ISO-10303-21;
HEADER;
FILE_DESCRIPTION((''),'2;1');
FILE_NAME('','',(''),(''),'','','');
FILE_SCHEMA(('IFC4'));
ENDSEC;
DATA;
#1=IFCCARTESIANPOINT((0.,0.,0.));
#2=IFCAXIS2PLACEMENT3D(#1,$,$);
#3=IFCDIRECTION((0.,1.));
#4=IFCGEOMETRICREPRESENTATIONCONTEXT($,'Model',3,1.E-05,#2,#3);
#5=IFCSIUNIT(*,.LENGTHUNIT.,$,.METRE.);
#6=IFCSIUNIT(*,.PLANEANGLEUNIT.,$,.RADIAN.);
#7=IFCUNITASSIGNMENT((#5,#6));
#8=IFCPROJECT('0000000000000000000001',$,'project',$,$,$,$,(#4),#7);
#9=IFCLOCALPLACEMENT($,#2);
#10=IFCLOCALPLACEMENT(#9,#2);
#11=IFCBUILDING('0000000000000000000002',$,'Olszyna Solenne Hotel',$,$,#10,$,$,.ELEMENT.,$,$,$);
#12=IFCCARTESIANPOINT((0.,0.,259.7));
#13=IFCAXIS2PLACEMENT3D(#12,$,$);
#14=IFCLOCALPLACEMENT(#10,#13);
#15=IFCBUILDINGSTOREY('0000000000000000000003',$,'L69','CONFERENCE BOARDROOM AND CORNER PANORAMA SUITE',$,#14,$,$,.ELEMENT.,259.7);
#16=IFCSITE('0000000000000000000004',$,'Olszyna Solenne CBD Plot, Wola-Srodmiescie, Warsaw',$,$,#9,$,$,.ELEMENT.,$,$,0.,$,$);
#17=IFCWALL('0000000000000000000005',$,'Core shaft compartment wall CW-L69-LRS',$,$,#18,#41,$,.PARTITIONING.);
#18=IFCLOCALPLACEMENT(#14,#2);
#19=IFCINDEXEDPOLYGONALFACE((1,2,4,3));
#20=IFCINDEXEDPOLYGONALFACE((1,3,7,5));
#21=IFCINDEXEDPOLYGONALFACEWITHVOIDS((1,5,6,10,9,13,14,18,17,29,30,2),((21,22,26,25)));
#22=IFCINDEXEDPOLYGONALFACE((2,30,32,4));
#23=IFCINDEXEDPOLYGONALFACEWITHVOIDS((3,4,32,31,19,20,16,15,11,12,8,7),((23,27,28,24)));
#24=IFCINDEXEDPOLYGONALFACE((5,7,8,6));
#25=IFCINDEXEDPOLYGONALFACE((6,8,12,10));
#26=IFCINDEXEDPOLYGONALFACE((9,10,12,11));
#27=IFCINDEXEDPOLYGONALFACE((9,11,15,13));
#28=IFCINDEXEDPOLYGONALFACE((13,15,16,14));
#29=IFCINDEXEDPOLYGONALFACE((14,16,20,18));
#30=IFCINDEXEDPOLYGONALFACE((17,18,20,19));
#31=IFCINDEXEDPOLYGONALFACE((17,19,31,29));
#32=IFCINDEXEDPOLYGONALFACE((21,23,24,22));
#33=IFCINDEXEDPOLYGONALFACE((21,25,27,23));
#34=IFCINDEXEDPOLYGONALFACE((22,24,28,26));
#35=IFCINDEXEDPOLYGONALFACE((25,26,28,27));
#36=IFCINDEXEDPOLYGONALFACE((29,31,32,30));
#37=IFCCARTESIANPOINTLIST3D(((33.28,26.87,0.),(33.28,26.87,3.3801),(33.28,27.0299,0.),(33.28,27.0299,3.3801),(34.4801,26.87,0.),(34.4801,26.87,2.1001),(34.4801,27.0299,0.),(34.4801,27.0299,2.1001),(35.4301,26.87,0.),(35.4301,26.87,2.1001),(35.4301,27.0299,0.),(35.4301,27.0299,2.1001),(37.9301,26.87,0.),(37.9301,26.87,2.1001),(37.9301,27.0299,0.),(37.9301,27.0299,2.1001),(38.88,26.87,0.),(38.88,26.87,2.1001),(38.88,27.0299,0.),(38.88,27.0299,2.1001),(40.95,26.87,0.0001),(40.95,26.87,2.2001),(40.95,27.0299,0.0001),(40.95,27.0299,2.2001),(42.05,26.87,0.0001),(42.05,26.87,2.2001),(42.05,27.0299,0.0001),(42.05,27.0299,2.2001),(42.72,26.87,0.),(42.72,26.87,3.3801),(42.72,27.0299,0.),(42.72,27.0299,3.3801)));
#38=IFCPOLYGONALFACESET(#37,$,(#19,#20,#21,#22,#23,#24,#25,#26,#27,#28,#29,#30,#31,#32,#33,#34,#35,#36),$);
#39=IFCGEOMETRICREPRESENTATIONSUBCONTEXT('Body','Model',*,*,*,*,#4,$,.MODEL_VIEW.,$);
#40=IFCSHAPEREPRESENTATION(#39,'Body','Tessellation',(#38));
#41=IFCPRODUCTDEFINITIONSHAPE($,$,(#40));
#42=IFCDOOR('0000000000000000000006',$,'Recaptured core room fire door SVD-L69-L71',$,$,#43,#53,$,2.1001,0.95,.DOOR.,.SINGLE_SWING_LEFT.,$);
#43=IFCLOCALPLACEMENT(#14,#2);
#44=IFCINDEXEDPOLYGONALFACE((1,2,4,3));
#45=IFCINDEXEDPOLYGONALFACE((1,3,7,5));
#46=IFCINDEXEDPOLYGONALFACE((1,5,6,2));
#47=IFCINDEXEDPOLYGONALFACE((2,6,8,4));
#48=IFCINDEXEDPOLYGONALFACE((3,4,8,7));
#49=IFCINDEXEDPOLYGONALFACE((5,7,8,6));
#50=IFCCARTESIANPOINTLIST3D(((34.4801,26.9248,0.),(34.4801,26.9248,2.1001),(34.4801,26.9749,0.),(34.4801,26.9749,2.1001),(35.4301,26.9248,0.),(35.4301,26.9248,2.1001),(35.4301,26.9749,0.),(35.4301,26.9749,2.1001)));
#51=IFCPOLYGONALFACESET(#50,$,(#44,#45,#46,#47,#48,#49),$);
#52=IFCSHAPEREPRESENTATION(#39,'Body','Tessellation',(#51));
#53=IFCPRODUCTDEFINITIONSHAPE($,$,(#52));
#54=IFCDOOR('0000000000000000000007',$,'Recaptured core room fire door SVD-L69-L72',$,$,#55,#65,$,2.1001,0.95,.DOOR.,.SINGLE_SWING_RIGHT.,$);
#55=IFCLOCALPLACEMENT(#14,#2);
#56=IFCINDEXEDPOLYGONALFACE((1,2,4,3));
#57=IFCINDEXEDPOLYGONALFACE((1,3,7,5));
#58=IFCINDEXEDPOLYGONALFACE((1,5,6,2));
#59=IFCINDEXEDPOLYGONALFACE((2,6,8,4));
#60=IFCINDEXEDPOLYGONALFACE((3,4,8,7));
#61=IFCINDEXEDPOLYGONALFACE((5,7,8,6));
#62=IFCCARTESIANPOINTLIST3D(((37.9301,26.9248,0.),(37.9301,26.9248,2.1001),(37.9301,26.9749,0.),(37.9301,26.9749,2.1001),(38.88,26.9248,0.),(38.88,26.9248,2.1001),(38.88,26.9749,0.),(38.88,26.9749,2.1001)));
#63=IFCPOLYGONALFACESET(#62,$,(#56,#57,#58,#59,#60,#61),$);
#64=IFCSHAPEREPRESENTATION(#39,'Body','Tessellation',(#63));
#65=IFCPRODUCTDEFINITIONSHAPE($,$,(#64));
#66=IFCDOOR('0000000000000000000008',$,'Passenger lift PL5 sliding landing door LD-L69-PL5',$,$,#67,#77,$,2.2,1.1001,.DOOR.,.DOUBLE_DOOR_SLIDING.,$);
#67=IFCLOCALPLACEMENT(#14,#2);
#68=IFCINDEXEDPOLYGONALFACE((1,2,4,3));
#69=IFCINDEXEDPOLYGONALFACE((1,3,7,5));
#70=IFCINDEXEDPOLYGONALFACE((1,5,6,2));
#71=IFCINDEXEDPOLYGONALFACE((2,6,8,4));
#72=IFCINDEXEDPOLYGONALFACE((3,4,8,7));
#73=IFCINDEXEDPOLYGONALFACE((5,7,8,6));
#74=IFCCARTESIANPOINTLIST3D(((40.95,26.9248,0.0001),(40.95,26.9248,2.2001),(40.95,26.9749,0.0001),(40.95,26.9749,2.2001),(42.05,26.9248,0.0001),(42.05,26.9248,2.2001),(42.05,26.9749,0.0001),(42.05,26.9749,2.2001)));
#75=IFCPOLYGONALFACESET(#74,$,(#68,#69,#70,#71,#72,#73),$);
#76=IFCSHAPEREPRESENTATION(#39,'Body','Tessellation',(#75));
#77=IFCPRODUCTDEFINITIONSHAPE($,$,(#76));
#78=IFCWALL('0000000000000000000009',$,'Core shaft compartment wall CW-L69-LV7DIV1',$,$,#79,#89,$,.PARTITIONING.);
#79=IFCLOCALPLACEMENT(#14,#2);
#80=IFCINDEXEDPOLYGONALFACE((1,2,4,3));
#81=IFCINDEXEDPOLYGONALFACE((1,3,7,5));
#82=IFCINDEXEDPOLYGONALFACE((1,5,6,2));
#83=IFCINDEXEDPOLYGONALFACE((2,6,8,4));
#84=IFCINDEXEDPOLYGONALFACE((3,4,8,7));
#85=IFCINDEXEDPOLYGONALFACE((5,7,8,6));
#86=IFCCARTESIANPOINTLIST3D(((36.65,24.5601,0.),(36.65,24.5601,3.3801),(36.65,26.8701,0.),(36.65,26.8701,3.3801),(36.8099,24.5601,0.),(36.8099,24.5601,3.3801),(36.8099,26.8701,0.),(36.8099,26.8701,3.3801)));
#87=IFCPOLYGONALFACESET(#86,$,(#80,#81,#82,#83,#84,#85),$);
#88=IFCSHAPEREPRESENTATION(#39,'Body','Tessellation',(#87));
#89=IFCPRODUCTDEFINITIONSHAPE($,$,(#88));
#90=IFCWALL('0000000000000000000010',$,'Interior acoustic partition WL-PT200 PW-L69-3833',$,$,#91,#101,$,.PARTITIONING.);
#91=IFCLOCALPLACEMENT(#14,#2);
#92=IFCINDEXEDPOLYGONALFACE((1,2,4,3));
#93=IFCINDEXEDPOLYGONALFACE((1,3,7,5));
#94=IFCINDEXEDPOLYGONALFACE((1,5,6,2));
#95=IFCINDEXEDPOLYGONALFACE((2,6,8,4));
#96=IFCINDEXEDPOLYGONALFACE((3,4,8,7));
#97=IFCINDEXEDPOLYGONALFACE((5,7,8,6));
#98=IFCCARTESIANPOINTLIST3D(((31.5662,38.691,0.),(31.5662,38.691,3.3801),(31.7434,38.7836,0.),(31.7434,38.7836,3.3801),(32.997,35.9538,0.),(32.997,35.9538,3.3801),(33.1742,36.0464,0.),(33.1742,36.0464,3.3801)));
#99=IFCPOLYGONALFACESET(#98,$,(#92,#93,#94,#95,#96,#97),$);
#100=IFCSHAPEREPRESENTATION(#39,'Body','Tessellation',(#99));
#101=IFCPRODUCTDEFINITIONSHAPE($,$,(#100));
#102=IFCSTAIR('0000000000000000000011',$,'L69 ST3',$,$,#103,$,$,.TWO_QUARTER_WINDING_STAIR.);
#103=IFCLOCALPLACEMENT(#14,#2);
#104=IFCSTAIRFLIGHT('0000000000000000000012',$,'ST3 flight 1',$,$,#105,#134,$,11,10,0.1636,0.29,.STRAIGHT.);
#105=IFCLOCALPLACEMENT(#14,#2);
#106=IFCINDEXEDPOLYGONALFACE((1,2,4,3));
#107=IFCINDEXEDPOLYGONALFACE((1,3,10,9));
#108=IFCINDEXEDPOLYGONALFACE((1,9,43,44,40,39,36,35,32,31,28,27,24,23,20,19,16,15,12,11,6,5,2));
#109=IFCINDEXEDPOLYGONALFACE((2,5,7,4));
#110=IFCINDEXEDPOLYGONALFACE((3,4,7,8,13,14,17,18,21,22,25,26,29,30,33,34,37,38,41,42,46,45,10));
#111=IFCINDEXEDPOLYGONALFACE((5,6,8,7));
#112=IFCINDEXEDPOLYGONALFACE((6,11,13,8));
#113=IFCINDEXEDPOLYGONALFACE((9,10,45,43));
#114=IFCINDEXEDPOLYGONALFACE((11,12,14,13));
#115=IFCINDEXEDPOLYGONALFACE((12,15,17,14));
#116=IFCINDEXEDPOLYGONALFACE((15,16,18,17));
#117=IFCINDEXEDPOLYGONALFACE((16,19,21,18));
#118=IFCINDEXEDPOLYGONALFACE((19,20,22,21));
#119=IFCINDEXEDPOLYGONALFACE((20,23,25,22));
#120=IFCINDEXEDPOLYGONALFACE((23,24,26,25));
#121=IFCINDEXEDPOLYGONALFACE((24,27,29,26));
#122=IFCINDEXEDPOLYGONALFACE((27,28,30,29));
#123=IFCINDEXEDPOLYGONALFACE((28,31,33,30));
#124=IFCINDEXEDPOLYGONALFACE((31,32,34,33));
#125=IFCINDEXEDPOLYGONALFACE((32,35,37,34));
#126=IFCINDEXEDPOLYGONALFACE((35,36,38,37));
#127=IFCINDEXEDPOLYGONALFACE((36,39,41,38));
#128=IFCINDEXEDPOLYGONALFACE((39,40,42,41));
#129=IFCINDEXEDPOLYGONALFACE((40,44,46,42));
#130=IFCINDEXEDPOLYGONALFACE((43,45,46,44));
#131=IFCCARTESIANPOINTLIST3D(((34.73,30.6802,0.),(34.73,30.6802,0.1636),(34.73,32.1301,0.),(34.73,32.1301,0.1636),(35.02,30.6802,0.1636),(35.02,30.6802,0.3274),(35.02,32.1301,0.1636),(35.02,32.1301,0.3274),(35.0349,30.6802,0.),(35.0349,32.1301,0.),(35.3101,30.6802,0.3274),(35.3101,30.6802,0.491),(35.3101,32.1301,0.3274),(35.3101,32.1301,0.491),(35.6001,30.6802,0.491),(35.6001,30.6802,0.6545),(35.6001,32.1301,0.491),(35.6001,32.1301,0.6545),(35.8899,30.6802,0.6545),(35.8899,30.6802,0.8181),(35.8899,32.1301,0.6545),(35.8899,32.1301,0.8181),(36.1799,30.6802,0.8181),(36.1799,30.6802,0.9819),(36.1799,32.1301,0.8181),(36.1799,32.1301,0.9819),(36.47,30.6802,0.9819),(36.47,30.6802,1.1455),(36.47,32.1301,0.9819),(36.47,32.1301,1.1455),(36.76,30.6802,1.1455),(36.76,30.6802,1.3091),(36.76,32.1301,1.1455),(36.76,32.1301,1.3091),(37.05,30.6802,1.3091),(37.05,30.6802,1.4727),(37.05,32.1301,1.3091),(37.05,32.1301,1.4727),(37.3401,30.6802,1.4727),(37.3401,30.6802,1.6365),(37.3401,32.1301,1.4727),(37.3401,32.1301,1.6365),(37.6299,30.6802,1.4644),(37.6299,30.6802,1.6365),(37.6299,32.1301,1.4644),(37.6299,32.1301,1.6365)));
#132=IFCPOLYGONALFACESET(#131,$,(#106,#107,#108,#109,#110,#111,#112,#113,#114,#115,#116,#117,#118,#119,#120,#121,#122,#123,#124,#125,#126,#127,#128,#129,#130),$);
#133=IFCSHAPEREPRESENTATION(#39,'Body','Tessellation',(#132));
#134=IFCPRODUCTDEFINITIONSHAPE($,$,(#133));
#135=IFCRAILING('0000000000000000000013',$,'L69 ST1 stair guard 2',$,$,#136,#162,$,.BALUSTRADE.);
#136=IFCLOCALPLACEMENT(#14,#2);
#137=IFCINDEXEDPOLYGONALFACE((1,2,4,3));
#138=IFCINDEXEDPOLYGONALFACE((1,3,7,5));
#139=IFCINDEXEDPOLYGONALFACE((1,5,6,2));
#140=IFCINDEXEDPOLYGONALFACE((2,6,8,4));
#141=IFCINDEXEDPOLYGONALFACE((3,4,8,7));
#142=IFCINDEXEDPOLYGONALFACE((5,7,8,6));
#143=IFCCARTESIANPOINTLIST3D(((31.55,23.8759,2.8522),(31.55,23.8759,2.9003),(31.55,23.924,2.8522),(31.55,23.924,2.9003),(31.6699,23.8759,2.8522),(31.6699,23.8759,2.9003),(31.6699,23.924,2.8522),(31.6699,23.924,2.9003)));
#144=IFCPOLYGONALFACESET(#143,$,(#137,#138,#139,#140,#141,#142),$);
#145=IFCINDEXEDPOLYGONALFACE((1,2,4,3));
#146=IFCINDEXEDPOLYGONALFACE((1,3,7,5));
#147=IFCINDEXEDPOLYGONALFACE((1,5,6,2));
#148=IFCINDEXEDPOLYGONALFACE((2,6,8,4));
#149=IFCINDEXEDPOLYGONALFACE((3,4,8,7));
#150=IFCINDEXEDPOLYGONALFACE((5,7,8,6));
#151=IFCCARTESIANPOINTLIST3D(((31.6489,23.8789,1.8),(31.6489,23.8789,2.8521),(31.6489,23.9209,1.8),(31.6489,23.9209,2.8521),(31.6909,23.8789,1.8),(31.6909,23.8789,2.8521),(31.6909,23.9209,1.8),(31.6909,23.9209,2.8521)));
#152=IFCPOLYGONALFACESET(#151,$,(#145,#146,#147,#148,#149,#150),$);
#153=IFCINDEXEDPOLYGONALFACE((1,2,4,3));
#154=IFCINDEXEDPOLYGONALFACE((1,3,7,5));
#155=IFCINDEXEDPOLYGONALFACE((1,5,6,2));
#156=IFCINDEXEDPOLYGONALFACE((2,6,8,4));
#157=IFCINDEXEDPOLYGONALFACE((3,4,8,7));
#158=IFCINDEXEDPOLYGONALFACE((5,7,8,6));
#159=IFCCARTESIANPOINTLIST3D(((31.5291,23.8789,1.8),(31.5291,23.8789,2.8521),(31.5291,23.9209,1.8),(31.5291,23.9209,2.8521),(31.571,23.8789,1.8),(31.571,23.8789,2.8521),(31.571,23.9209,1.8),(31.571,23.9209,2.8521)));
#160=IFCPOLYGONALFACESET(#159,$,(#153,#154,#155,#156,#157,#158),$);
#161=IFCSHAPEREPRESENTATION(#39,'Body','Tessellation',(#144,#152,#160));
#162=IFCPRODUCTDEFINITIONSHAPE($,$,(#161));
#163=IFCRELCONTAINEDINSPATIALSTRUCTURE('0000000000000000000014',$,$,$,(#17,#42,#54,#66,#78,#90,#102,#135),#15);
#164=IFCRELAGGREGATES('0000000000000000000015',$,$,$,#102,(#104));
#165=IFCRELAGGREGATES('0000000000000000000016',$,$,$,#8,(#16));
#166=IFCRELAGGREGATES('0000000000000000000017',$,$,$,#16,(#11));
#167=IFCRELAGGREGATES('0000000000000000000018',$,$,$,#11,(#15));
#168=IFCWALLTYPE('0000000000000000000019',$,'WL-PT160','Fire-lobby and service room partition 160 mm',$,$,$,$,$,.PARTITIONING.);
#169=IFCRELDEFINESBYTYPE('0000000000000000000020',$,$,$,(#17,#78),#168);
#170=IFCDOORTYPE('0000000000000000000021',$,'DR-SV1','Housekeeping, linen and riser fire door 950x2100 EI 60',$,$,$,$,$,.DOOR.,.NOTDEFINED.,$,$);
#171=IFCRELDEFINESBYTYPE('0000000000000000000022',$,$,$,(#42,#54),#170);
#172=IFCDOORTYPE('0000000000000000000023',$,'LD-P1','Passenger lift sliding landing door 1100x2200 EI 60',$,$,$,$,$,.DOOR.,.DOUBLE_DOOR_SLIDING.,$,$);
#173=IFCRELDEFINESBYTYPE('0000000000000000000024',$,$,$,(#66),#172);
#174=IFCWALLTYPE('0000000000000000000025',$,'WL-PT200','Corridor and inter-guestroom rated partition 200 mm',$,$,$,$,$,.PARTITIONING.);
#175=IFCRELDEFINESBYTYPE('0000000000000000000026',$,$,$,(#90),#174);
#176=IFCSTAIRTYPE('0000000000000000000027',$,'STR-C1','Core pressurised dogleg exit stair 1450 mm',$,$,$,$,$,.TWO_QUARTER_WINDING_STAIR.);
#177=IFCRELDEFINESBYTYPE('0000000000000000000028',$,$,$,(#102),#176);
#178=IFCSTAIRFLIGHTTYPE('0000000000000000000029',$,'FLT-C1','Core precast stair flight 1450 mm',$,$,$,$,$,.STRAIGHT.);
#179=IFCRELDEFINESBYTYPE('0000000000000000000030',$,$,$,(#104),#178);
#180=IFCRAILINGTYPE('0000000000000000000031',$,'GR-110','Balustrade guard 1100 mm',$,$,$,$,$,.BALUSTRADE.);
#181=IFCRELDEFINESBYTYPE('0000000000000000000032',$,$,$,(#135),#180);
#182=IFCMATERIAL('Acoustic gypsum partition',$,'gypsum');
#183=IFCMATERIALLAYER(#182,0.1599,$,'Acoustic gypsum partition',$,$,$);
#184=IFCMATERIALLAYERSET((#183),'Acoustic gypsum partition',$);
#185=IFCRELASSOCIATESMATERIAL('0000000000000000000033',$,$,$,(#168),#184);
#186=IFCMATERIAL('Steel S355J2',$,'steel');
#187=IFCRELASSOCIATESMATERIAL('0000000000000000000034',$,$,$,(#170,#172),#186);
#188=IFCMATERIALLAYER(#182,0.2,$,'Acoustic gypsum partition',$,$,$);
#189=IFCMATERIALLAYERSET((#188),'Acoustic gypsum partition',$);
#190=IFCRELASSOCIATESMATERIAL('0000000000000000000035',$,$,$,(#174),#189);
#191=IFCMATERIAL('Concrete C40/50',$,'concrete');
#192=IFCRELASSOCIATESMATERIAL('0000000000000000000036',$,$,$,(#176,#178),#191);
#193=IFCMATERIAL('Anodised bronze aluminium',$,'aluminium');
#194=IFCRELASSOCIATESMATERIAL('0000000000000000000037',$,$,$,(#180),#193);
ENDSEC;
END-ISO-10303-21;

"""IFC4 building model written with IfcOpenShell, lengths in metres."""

from ifc_helpers import new_model, si_unit, direction, frame, frame_2d, origin, origin_2d, place, context, subcontext, project, spatial, polyline, rectangle, outline, extrude, source, transform, mapped, material, layer, layer_set, type_object, type_shapes, element, fill, aggregate, save


model = new_model("IFC4")

# Units and contexts
model_context = context("Model", 3, precision=1e-05, world=origin(), true_north=direction((0.0, 1.0)))
body_context = subcontext(model_context, "Body", "Model", "MODEL_VIEW")
ifc_project = project(units=[si_unit("LENGTHUNIT", "METRE"), si_unit("PLANEANGLEUNIT", "RADIAN")], contexts=[model_context])

# Site, building, storey
site_placement = place(None, origin())
site = spatial("IfcSite", under=ifc_project, at=site_placement, Name="Olszyna Solenne CBD Plot, Wola-Srodmiescie, Warsaw", CompositionType="ELEMENT", RefElevation=0.0)
building_placement = place(site_placement, origin())
building = spatial("IfcBuilding", under=site, at=building_placement, Name="Olszyna Solenne Hotel", CompositionType="ELEMENT")
storey_placement = place(building_placement, frame((0.0, 0.0, 259.7)))
storey = spatial("IfcBuildingStorey", under=building, at=storey_placement, Name="L69", Description="CONFERENCE BOARDROOM AND CORNER PANORAMA SUITE", CompositionType="ELEMENT", Elevation=259.7)

# Shared definitions
ifc_material_1 = material(Name="Steel S355J2", Category="steel")

# Shared definitions
ifc_material_2 = material(Name="Anodised bronze aluminium", Category="aluminium")

# Shared definitions
ifc_material_3 = material(Name="Acoustic gypsum partition", Category="gypsum")
ifc_layer_1 = layer(ifc_material_3, 0.1599, Name="Acoustic gypsum partition")
ifc_layer_set_1 = layer_set([ifc_layer_1], Name="Acoustic gypsum partition")
wall_type_1 = type_object("IfcWallType", Name="WL-PT160", Description="Fire-lobby and service room partition 160 mm", PredefinedType="PARTITIONING", material=ifc_layer_set_1)

# Wall, openings, doors
wall_1_placement = place(storey_placement, frame((33.28, 26.95, 0.0), z_axis=(0.0, 0.0, 1.0), x_axis=(1.0, 0.0, 0.0)))
wall_1 = element("IfcWall", 1, at=wall_1_placement, inside=storey, type_object=wall_type_1, Name="Core shaft compartment wall CW-L69-LRS", PredefinedType="PARTITIONING", context=body_context, shape_type="SweptSolid", body=[
    extrude(rectangle(XDim=9.4399, YDim=0.1599, at=frame_2d((4.72, 0.0))), origin(), (0.0, 0.0, 1.0), 3.3801),
])
opening_1_placement = place(wall_1_placement, frame((1.2, 0.0, 0.0)))
opening_1 = element("IfcOpeningElement", 2, at=opening_1_placement, cuts=wall_1, PredefinedType="OPENING", context=body_context, shape_type="SweptSolid", body=[
    extrude(rectangle(XDim=0.95, YDim=2.1001, at=frame_2d((0.4751, 1.05))), frame((0.0, 0.0898, 0.0), z_axis=(0.0, -1.0, 0.0), x_axis=(1.0, 0.0, 0.0)), (0.0, 0.0, 1.0), 0.1799),
])
opening_2_placement = place(wall_1_placement, frame((4.6499, 0.0, 0.0)))
opening_2 = element("IfcOpeningElement", 3, at=opening_2_placement, cuts=wall_1, PredefinedType="OPENING", context=body_context, shape_type="SweptSolid", body=[
    extrude(rectangle(XDim=0.95, YDim=2.1001, at=frame_2d((0.4751, 1.05))), frame((0.0, 0.0898, 0.0), z_axis=(0.0, -1.0, 0.0), x_axis=(1.0, 0.0, 0.0)), (0.0, 0.0, 1.0), 0.1799),
])
opening_3_placement = place(wall_1_placement, frame((7.6699, 0.0, 0.0)))
opening_3 = element("IfcOpeningElement", 4, at=opening_3_placement, cuts=wall_1, PredefinedType="OPENING", context=body_context, shape_type="SweptSolid", body=[
    extrude(rectangle(XDim=1.1001, YDim=2.2, at=frame_2d((0.55, 1.1001))), frame((0.0, 0.0898, 0.0), z_axis=(0.0, -1.0, 0.0), x_axis=(1.0, 0.0, 0.0)), (0.0, 0.0, 1.0), 0.1799),
])
door_type_1 = type_object("IfcDoorType", Name="DR-SV1", Description="Housekeeping, linen and riser fire door 950x2100 EI 60", OperationType="NOTDEFINED", PredefinedType="DOOR", material=ifc_material_1)
shared_shape_1 = source(origin(), body_context, "Body", "SweptSolid", [
    extrude(rectangle(XDim=0.95, YDim=2.1001, at=frame_2d((0.4751, 1.05))), frame((0.0, 0.0249, 0.0), z_axis=(0.0, -1.0, 0.0), x_axis=(1.0, 0.0, 0.0)), (0.0, 0.0, 1.0), 0.05),
])
type_shapes(door_type_1, [shared_shape_1])
door_1_placement = place(opening_1_placement, origin())
door_1 = element("IfcDoor", 5, at=door_1_placement, inside=storey, type_object=door_type_1, Name="Recaptured core room fire door SVD-L69-L71", OperationType="SINGLE_SWING_LEFT", OverallHeight=2.1001, OverallWidth=0.95, PredefinedType="DOOR", context=body_context, shape_type="MappedRepresentation", body=[
    mapped(shared_shape_1, transform((0.0, 0.0, 0.0), x_axis=(1.0, 0.0, 0.0), y_axis=(0.0, 1.0, 0.0), z_axis=(0.0, 0.0, 1.0), scale=1.0)),
])
fill(opening_1, door_1)
door_2_placement = place(opening_2_placement, origin())
door_2 = element("IfcDoor", 6, at=door_2_placement, inside=storey, type_object=door_type_1, Name="Recaptured core room fire door SVD-L69-L72", OperationType="SINGLE_SWING_RIGHT", OverallHeight=2.1001, OverallWidth=0.95, PredefinedType="DOOR", context=body_context, shape_type="MappedRepresentation", body=[
    mapped(shared_shape_1, transform((0.0, 0.0, 0.0), x_axis=(1.0, 0.0, 0.0), y_axis=(0.0, 1.0, 0.0), z_axis=(0.0, 0.0, 1.0), scale=1.0)),
])
fill(opening_2, door_2)
door_type_2 = type_object("IfcDoorType", Name="LD-P1", Description="Passenger lift sliding landing door 1100x2200 EI 60", OperationType="DOUBLE_DOOR_SLIDING", PredefinedType="DOOR", material=ifc_material_1)
shared_shape_2 = source(origin(), body_context, "Body", "SweptSolid", [
    extrude(rectangle(XDim=1.1001, YDim=2.2, at=frame_2d((0.55, 1.1001))), frame((0.0, 0.0249, 0.0), z_axis=(0.0, -1.0, 0.0), x_axis=(1.0, 0.0, 0.0)), (0.0, 0.0, 1.0), 0.05),
])
type_shapes(door_type_2, [shared_shape_2])
door_3_placement = place(opening_3_placement, origin())
door_3 = element("IfcDoor", 7, at=door_3_placement, inside=storey, type_object=door_type_2, Name="Passenger lift PL5 sliding landing door LD-L69-PL5", OperationType="DOUBLE_DOOR_SLIDING", OverallHeight=2.2, OverallWidth=1.1001, PredefinedType="DOOR", context=body_context, shape_type="MappedRepresentation", body=[
    mapped(shared_shape_2, transform((0.0, 0.0, 0.0), x_axis=(1.0, 0.0, 0.0), y_axis=(0.0, 1.0, 0.0), z_axis=(0.0, 0.0, 1.0), scale=1.0)),
])
fill(opening_3, door_3)

# Wall
wall_2_placement = place(storey_placement, frame((36.73, 24.5601, 0.0), z_axis=(0.0, 0.0, 1.0), x_axis=(0.0, 1.0, 0.0)))
element("IfcWall", 8, at=wall_2_placement, inside=storey, type_object=wall_type_1, Name="Core shaft compartment wall CW-L69-LV7DIV1", PredefinedType="PARTITIONING", context=body_context, shape_type="SweptSolid", body=[
    extrude(rectangle(XDim=2.3101, YDim=0.1599, at=frame_2d((1.155, 0.0))), origin(), (0.0, 0.0, 1.0), 3.3801),
])

# Wall
ifc_layer_2 = layer(ifc_material_3, 0.2, Name="Acoustic gypsum partition")
ifc_layer_set_2 = layer_set([ifc_layer_2], Name="Acoustic gypsum partition")
wall_type_2 = type_object("IfcWallType", Name="WL-PT200", Description="Corridor and inter-guestroom rated partition 200 mm", PredefinedType="PARTITIONING", material=ifc_layer_set_2)
wall_3_placement = place(storey_placement, frame((33.0857, 36.0, 0.0), z_axis=(0.0, 0.0, 1.0), x_axis=(-0.463265, 0.88622, 0.0)))
element("IfcWall", 9, at=wall_3_placement, inside=storey, type_object=wall_type_2, Name="Interior acoustic partition WL-PT200 PW-L69-3833", PredefinedType="PARTITIONING", context=body_context, shape_type="SweptSolid", body=[
    extrude(rectangle(XDim=3.0886, YDim=0.2, at=frame_2d((1.5444, 0.0))), origin(), (0.0, 0.0, 1.0), 3.3801),
])

# Stair, stair flight
ifc_material_4 = material(Name="Concrete C40/50", Category="concrete")
stair_type = type_object("IfcStairType", Name="STR-C1", Description="Core pressurised dogleg exit stair 1450 mm", PredefinedType="TWO_QUARTER_WINDING_STAIR", material=ifc_material_4)
stair_placement = place(storey_placement, origin())
stair = element("IfcStair", 10, at=stair_placement, inside=storey, type_object=stair_type, Name="L69 ST3", PredefinedType="TWO_QUARTER_WINDING_STAIR")
stair_flight_type = type_object("IfcStairFlightType", Name="FLT-C1", Description="Core precast stair flight 1450 mm", PredefinedType="STRAIGHT", material=ifc_material_4)
stair_flight_placement = place(storey_placement, frame((34.73, 31.405, 0.0), z_axis=(0.0, 0.0, 1.0), x_axis=(1.0, 0.0, 0.0)))
stair_flight = element("IfcStairFlight", 11, at=stair_flight_placement, type_object=stair_flight_type, Name="ST3 flight 1", NumberOfRisers=11, NumberOfTreads=10, PredefinedType="STRAIGHT", RiserHeight=0.1636, TreadLength=0.29, context=body_context, shape_type="SweptSolid", body=[
    extrude(outline(polyline([(0.0, 0.0), (0.0, 0.1636), (0.29, 0.1636), (0.29, 0.3274), (0.5801, 0.3274), (0.5801, 0.491), (0.8701, 0.491), (0.8701, 0.6545), (1.1599, 0.6545), (1.1599, 0.8181), (1.45, 0.8181), (1.45, 0.9819), (1.74, 0.9819), (1.74, 1.1455), (2.03, 1.1455), (2.03, 1.3091), (2.3201, 1.3091), (2.3201, 1.4727), (2.6101, 1.4727), (2.6101, 1.6365), (2.8999, 1.6365), (2.8999, 1.8), (2.8999, 1.4644), (0.3049, 0.0), (0.0, 0.0)])), frame((0.0, 0.7251, 0.0), z_axis=(0.0, -1.0, 0.0), x_axis=(1.0, 0.0, 0.0)), (0.0, 0.0, 1.0), 1.45),
])
aggregate(stair, [stair_flight])

# Railing
railing_type_1 = type_object("IfcRailingType", Name="GR-110", Description="Balustrade guard 1100 mm", PredefinedType="BALUSTRADE", material=ifc_material_2)
railing_1_placement = place(storey_placement, frame((31.6699, 23.8999, 1.8)))
element("IfcRailing", 12, at=railing_1_placement, inside=storey, type_object=railing_type_1, Name="L69 ST1 stair guard 2", PredefinedType="BALUSTRADE", context=body_context, shape_type="SweptSolid", body=[
    extrude(rectangle(XDim=0.0481, YDim=0.0481, at=origin_2d()), frame((0.0, 0.0, 1.0762), z_axis=(-1.0, 0.0, 0.0), x_axis=(0.0, -1.0, 0.0)), (0.0, 0.0, 1.0), 0.1199),
    extrude(rectangle(XDim=0.042, YDim=0.042, at=origin_2d()), origin(), (0.0, 0.0, 1.0), 1.052),
    extrude(rectangle(XDim=0.042, YDim=0.042, at=origin_2d()), frame((-0.1199, 0.0, 0.0)), (0.0, 0.0, 1.0), 1.052),
])

save(model, "model.ifc")
